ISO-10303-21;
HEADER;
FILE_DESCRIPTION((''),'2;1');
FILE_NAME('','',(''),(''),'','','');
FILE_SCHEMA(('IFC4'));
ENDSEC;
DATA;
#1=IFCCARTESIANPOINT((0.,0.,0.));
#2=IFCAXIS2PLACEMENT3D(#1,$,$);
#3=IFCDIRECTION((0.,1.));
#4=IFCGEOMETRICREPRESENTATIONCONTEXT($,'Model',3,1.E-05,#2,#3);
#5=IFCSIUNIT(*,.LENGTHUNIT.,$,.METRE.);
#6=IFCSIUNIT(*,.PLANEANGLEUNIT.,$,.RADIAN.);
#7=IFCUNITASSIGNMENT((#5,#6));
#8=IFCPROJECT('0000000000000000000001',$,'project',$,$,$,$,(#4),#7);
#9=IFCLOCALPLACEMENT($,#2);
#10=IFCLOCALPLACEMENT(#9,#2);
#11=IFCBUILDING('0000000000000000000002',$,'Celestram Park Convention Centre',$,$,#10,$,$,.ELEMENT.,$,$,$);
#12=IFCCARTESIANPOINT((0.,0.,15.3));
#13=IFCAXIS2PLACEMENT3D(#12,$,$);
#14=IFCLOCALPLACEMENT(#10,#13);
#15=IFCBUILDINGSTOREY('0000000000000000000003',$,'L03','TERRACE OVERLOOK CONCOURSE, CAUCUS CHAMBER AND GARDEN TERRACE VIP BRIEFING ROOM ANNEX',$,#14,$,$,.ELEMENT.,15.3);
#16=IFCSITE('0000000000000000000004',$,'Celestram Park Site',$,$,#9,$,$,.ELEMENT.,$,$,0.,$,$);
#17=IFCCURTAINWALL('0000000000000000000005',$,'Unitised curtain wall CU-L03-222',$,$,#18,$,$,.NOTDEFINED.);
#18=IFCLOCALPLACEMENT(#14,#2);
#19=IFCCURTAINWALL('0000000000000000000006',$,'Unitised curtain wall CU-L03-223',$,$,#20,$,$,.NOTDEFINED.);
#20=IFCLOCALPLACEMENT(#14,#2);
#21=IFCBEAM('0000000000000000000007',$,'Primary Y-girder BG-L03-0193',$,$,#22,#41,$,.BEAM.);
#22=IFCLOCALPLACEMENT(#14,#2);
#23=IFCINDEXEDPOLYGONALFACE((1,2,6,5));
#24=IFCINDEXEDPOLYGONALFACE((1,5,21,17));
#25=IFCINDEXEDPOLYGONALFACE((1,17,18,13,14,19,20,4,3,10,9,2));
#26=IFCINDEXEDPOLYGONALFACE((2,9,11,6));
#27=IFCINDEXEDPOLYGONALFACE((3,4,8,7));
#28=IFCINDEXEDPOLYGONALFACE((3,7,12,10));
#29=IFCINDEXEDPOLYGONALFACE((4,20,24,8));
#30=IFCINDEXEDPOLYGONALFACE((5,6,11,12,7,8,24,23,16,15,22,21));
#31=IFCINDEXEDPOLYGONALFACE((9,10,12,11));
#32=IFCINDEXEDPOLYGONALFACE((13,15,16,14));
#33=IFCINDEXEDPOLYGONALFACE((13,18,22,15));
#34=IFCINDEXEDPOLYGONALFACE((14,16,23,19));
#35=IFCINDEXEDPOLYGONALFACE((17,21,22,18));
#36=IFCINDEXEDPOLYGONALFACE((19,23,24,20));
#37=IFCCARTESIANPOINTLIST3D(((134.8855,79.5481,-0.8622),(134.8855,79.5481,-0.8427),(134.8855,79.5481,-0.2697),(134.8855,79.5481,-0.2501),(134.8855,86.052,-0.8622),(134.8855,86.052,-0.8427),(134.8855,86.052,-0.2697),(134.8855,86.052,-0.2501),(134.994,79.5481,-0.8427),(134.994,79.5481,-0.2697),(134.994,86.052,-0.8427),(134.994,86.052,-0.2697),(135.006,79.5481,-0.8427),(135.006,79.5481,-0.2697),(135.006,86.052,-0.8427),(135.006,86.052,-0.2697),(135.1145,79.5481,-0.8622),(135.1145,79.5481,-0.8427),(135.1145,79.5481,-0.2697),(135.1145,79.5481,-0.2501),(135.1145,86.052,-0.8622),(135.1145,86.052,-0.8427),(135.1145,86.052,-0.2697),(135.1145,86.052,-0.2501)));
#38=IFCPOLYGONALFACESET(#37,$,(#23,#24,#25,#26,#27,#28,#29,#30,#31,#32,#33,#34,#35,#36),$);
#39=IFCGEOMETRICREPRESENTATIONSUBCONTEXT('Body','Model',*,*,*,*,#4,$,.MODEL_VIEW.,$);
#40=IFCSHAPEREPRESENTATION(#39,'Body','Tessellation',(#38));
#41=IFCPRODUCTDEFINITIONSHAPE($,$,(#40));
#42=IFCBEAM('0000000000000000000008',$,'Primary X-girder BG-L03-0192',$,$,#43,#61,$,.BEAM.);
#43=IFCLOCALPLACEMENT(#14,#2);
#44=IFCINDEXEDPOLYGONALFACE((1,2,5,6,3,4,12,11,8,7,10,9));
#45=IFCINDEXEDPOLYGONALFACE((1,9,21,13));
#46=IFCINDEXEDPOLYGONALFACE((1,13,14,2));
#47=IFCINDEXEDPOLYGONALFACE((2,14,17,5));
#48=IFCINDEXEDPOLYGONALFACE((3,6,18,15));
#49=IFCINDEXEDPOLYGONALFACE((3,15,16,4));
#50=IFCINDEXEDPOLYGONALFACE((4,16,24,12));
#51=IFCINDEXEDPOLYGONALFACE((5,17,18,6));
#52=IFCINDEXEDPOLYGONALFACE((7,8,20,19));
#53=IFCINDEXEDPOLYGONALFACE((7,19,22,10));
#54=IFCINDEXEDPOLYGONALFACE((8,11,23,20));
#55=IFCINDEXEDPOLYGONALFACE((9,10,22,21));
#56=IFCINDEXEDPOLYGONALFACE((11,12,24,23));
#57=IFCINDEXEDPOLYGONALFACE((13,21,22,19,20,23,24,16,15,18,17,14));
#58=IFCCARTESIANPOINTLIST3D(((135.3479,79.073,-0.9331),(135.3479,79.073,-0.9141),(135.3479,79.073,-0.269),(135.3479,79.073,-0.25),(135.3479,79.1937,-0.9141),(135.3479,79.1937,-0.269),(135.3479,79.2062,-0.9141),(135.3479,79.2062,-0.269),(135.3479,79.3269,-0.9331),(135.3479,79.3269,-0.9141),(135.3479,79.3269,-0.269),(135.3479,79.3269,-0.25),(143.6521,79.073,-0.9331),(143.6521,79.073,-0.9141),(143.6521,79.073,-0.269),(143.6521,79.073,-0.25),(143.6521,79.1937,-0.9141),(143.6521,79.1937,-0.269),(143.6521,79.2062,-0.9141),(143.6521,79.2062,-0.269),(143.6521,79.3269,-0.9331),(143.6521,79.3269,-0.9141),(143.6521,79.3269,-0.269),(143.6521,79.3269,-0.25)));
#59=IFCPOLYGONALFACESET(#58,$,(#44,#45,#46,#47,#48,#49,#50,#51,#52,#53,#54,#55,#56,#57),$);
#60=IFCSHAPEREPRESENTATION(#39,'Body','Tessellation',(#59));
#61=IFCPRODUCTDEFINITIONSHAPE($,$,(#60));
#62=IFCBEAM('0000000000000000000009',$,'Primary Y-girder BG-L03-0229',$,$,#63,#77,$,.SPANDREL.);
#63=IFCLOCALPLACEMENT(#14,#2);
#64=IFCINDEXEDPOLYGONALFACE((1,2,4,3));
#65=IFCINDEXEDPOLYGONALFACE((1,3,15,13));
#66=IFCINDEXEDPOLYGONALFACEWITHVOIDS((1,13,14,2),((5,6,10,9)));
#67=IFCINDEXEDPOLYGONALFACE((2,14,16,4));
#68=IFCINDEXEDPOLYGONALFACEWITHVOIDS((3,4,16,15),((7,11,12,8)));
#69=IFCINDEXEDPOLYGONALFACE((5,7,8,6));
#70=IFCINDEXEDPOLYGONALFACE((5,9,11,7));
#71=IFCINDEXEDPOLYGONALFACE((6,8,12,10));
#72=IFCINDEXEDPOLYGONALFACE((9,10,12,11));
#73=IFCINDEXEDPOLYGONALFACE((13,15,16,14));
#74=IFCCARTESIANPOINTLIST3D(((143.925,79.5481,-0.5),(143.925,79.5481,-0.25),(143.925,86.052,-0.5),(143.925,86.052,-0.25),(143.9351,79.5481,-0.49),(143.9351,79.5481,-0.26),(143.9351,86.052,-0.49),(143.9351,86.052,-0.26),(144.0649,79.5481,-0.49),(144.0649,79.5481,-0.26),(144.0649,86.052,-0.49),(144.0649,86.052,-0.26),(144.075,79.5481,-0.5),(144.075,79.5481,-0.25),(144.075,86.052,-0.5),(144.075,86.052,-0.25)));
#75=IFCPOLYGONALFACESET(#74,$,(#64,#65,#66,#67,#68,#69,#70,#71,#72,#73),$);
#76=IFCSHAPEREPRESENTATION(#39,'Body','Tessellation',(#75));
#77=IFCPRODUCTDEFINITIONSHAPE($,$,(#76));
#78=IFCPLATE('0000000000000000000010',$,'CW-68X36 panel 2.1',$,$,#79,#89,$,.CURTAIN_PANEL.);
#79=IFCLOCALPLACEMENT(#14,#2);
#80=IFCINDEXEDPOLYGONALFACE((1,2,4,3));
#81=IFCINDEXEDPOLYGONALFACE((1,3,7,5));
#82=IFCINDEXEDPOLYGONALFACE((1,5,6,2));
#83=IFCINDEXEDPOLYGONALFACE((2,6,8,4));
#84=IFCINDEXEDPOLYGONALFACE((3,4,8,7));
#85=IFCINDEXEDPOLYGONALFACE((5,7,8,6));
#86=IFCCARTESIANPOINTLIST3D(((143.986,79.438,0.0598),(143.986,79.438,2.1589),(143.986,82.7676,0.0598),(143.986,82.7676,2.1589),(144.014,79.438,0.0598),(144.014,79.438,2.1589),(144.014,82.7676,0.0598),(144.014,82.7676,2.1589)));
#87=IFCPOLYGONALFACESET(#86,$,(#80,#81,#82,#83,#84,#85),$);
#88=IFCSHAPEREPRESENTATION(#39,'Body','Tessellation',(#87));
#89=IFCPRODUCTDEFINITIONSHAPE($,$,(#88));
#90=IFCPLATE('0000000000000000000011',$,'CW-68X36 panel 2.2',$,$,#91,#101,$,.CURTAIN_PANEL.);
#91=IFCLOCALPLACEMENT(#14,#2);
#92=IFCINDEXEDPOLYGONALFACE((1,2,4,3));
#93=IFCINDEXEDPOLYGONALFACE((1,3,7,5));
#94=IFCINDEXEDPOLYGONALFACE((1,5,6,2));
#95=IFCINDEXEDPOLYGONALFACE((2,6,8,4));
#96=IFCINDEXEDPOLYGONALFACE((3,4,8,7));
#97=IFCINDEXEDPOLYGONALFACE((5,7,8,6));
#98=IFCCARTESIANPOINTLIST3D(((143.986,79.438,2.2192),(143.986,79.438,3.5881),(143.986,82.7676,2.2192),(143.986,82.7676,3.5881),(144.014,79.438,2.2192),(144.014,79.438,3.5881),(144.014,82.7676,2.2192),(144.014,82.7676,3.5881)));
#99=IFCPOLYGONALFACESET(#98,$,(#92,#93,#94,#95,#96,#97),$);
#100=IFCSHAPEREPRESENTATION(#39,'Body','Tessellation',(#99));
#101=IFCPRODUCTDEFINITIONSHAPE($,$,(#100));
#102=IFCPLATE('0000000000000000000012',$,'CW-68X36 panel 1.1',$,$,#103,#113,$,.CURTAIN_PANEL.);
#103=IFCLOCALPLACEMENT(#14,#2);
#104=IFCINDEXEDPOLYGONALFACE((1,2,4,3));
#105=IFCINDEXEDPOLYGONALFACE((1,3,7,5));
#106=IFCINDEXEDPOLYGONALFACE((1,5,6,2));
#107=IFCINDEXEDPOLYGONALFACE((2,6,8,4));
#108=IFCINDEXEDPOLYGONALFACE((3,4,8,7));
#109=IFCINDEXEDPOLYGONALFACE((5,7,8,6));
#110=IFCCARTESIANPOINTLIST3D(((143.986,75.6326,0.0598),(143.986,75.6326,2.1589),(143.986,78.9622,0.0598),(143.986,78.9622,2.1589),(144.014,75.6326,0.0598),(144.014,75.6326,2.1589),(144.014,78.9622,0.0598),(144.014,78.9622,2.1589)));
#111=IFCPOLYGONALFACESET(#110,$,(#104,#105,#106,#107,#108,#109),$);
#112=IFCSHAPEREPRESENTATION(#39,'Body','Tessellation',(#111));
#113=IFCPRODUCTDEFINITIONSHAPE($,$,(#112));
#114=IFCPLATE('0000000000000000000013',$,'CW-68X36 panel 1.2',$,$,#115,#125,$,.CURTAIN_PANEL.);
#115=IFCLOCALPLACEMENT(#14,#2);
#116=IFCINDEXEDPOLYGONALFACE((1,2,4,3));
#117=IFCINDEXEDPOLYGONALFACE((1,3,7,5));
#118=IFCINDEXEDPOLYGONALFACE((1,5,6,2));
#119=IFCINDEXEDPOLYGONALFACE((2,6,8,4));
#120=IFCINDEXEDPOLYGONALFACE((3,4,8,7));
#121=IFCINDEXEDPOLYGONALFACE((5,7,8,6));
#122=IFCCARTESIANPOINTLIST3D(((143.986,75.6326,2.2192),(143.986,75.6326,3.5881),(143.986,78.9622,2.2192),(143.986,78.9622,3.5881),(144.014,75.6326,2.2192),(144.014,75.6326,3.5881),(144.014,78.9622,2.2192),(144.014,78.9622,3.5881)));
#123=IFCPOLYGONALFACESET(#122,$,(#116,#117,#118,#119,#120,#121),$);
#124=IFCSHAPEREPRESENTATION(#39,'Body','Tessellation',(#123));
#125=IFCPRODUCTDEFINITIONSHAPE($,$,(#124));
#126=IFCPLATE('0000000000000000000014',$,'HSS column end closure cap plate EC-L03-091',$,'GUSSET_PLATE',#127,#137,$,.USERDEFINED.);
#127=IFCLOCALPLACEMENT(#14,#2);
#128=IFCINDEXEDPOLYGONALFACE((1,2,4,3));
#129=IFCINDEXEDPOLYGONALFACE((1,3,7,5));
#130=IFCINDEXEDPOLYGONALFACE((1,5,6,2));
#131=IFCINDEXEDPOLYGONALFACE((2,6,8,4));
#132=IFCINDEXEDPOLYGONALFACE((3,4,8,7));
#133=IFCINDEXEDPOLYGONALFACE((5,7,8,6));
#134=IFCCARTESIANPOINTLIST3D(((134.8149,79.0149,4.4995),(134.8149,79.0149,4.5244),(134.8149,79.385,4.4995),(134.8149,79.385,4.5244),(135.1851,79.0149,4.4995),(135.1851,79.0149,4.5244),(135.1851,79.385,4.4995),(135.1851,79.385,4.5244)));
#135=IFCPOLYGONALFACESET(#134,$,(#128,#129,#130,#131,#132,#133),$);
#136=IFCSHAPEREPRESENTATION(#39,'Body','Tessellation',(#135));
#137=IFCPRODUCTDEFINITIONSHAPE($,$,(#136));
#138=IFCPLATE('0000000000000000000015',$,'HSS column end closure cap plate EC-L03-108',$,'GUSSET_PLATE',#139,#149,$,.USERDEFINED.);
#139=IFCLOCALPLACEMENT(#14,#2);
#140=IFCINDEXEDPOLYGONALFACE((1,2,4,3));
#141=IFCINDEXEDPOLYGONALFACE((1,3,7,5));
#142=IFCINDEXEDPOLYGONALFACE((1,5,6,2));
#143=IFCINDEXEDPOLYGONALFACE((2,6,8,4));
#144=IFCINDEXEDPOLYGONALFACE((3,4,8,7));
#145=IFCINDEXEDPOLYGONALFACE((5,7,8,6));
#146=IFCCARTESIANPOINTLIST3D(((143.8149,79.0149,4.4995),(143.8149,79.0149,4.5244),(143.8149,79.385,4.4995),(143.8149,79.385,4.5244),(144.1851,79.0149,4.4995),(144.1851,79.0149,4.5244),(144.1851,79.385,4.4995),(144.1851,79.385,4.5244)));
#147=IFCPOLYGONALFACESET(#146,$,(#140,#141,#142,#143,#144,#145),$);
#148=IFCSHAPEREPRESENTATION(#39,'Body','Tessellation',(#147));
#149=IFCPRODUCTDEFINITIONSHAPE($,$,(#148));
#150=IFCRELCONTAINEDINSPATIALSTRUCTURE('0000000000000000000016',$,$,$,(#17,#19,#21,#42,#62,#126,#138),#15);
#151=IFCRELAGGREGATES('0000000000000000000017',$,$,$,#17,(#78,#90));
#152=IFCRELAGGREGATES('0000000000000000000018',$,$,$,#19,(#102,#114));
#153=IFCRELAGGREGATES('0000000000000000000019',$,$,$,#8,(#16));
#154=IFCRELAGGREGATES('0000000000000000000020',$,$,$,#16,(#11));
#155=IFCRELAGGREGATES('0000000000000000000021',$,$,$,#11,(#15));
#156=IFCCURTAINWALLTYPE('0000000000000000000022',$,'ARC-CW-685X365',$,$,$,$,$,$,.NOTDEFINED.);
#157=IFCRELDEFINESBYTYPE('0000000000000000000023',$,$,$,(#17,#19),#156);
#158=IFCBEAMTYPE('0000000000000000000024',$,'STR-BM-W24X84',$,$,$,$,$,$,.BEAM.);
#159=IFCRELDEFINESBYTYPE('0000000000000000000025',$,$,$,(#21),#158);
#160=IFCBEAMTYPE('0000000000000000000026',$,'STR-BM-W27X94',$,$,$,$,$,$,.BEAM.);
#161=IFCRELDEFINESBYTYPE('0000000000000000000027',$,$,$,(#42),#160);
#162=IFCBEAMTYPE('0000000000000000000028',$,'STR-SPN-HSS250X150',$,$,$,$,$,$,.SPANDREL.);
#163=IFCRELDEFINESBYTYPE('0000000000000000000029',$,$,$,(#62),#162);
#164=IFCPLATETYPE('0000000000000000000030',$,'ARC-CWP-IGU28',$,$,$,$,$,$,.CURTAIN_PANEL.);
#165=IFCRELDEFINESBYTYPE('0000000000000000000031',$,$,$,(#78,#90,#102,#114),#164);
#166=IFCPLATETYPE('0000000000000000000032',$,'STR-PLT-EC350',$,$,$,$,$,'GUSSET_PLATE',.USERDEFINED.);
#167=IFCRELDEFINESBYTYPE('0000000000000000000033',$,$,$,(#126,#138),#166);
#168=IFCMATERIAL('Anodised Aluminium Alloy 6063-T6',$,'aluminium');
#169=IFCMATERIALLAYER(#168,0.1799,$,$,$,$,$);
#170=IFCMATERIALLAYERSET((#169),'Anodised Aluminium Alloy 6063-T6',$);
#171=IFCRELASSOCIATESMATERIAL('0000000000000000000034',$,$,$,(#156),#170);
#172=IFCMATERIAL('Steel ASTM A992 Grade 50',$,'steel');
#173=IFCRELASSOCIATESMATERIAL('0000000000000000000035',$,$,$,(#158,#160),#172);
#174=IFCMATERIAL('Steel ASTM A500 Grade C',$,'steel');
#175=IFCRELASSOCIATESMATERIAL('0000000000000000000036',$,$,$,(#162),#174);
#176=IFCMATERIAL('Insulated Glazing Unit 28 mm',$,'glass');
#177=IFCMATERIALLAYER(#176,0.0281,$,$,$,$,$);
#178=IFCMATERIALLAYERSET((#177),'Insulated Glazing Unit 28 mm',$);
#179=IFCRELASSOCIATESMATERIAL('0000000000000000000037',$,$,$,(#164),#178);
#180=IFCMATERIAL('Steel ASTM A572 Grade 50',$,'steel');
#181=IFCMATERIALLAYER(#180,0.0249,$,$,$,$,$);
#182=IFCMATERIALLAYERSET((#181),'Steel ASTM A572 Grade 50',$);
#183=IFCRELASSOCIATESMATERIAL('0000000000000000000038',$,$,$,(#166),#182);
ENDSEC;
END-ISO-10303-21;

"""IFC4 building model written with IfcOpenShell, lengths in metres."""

from ifc_helpers import new_model, si_unit, direction, frame, origin, origin_2d, place, context, subcontext, project, spatial, rectangle, hollow_rectangle, i_section, extrude, material, layer, layer_set, material_profile, profile_set, type_object, element, aggregate, save


model = new_model("IFC4")

# Units and contexts
model_context = context("Model", 3, precision=1e-05, world=origin(), true_north=direction((0.0, 1.0)))
body_context = subcontext(model_context, "Body", "Model", "MODEL_VIEW")
ifc_project = project(units=[si_unit("LENGTHUNIT", "METRE"), si_unit("PLANEANGLEUNIT", "RADIAN")], contexts=[model_context])

# Site, building, storey
site_placement = place(None, origin())
site = spatial("IfcSite", under=ifc_project, at=site_placement, Name="Celestram Park Site", CompositionType="ELEMENT", RefElevation=0.0)
building_placement = place(site_placement, origin())
building = spatial("IfcBuilding", under=site, at=building_placement, Name="Celestram Park Convention Centre", CompositionType="ELEMENT")
storey_placement = place(building_placement, frame((0.0, 0.0, 15.3)))
storey = spatial("IfcBuildingStorey", under=building, at=storey_placement, Name="L03", Description="TERRACE OVERLOOK CONCOURSE, CAUCUS CHAMBER AND GARDEN TERRACE VIP BRIEFING ROOM ANNEX", CompositionType="ELEMENT", Elevation=15.3)

# Shared definitions
ifc_material_1 = material(Name="Steel ASTM A500 Grade C", Category="steel")

# Curtain wall
ifc_material_2 = material(Name="Anodised Aluminium Alloy 6063-T6", Category="aluminium")
ifc_layer_1 = layer(ifc_material_2, 0.1799)
ifc_layer_set_1 = layer_set([ifc_layer_1], Name="Anodised Aluminium Alloy 6063-T6")
curtain_wall_type = type_object("IfcCurtainWallType", Name="ARC-CW-685X365", PredefinedType="NOTDEFINED", material=ifc_layer_set_1)
curtain_wall_1_placement = place(storey_placement, origin())
curtain_wall_1 = element("IfcCurtainWall", 1, at=curtain_wall_1_placement, inside=storey, type_object=curtain_wall_type, Name="Unitised curtain wall CU-L03-222", PredefinedType="NOTDEFINED")

# Curtain wall
curtain_wall_2_placement = place(storey_placement, origin())
curtain_wall_2 = element("IfcCurtainWall", 2, at=curtain_wall_2_placement, inside=storey, type_object=curtain_wall_type, Name="Unitised curtain wall CU-L03-223", PredefinedType="NOTDEFINED")

# Beams
ifc_material_3 = material(Name="Steel ASTM A992 Grade 50", Category="steel")
ifc_material_profile_1 = material_profile(ifc_material_3, i_section(OverallWidth=0.229, OverallDepth=0.6121, WebThickness=0.012, FlangeThickness=0.0195, at=origin_2d()), Name="W24X84")
ifc_profile_set_1 = profile_set([ifc_material_profile_1], Name="Steel ASTM A992 Grade 50")
beam_type_1 = type_object("IfcBeamType", Name="STR-BM-W24X84", PredefinedType="BEAM", material=ifc_profile_set_1)
beam_1_placement = place(storey_placement, frame((135.0, 79.5481, -0.5562), z_axis=(0.0, 1.0, 0.0), x_axis=(-1.0, 0.0, 0.0)))
element("IfcBeam", 3, at=beam_1_placement, inside=storey, type_object=beam_type_1, Name="Primary Y-girder BG-L03-0193", PredefinedType="BEAM", context=body_context, shape_type="SweptSolid", body=[
    extrude(i_section(OverallWidth=0.229, OverallDepth=0.6121, WebThickness=0.012, FlangeThickness=0.0195, at=origin_2d()), origin(), (0.0, 0.0, 1.0), 6.5039),
])
ifc_material_profile_2 = material_profile(ifc_material_3, i_section(OverallWidth=0.2539, OverallDepth=0.6831, WebThickness=0.0125, FlangeThickness=0.019, at=origin_2d()), Name="W27X94")
ifc_profile_set_2 = profile_set([ifc_material_profile_2], Name="Steel ASTM A992 Grade 50")
beam_type_2 = type_object("IfcBeamType", Name="STR-BM-W27X94", PredefinedType="BEAM", material=ifc_profile_set_2)
beam_2_placement = place(storey_placement, frame((135.3479, 79.2, -0.5916), z_axis=(1.0, 0.0, 0.0), x_axis=(0.0, 1.0, 0.0)))
element("IfcBeam", 4, at=beam_2_placement, inside=storey, type_object=beam_type_2, Name="Primary X-girder BG-L03-0192", PredefinedType="BEAM", context=body_context, shape_type="SweptSolid", body=[
    extrude(i_section(OverallWidth=0.2539, OverallDepth=0.6831, WebThickness=0.0125, FlangeThickness=0.019, at=origin_2d()), origin(), (0.0, 0.0, 1.0), 8.3042),
])
ifc_material_profile_3 = material_profile(ifc_material_1, hollow_rectangle(XDim=0.1499, YDim=0.25, WallThickness=0.01, at=origin_2d()), Name="HSS250X150X10")
ifc_profile_set_3 = profile_set([ifc_material_profile_3], Name="Steel ASTM A500 Grade C")
beam_type_3 = type_object("IfcBeamType", Name="STR-SPN-HSS250X150", PredefinedType="SPANDREL", material=ifc_profile_set_3)
beam_3_placement = place(storey_placement, frame((144.0, 79.5481, -0.375), z_axis=(0.0, 1.0, 0.0), x_axis=(-1.0, 0.0, 0.0)))
element("IfcBeam", 5, at=beam_3_placement, inside=storey, type_object=beam_type_3, Name="Primary Y-girder BG-L03-0229", PredefinedType="SPANDREL", context=body_context, shape_type="SweptSolid", body=[
    extrude(hollow_rectangle(XDim=0.1499, YDim=0.25, WallThickness=0.01, at=origin_2d()), origin(), (0.0, 0.0, 1.0), 6.5039),
])

# Plates
ifc_material_4 = material(Name="Insulated Glazing Unit 28 mm", Category="glass")
ifc_layer_2 = layer(ifc_material_4, 0.0281)
ifc_layer_set_2 = layer_set([ifc_layer_2], Name="Insulated Glazing Unit 28 mm")
plate_type_1 = type_object("IfcPlateType", Name="ARC-CWP-IGU28", PredefinedType="CURTAIN_PANEL", material=ifc_layer_set_2)
plate_1_placement = place(storey_placement, frame((144.0, 81.1028, 0.0598), z_axis=(0.0, 0.0, 1.0), x_axis=(0.0, -1.0, 0.0)))
plate_1 = element("IfcPlate", 6, at=plate_1_placement, type_object=plate_type_1, Name="CW-68X36 panel 2.1", PredefinedType="CURTAIN_PANEL", context=body_context, shape_type="SweptSolid", body=[
    extrude(rectangle(XDim=3.3296, YDim=0.0281, at=origin_2d()), origin(), (0.0, 0.0, 1.0), 2.0991),
])
plate_2_placement = place(storey_placement, frame((144.0, 81.1028, 2.2192), z_axis=(0.0, 0.0, 1.0), x_axis=(0.0, -1.0, 0.0)))
plate_2 = element("IfcPlate", 7, at=plate_2_placement, type_object=plate_type_1, Name="CW-68X36 panel 2.2", PredefinedType="CURTAIN_PANEL", context=body_context, shape_type="SweptSolid", body=[
    extrude(rectangle(XDim=3.3296, YDim=0.0281, at=origin_2d()), origin(), (0.0, 0.0, 1.0), 1.3689),
])
aggregate(curtain_wall_1, [plate_1, plate_2])
plate_3_placement = place(storey_placement, frame((144.0, 77.2974, 0.0598), z_axis=(0.0, 0.0, 1.0), x_axis=(0.0, -1.0, 0.0)))
plate_3 = element("IfcPlate", 8, at=plate_3_placement, type_object=plate_type_1, Name="CW-68X36 panel 1.1", PredefinedType="CURTAIN_PANEL", context=body_context, shape_type="SweptSolid", body=[
    extrude(rectangle(XDim=3.3296, YDim=0.0281, at=origin_2d()), origin(), (0.0, 0.0, 1.0), 2.0991),
])
plate_4_placement = place(storey_placement, frame((144.0, 77.2974, 2.2192), z_axis=(0.0, 0.0, 1.0), x_axis=(0.0, -1.0, 0.0)))
plate_4 = element("IfcPlate", 9, at=plate_4_placement, type_object=plate_type_1, Name="CW-68X36 panel 1.2", PredefinedType="CURTAIN_PANEL", context=body_context, shape_type="SweptSolid", body=[
    extrude(rectangle(XDim=3.3296, YDim=0.0281, at=origin_2d()), origin(), (0.0, 0.0, 1.0), 1.3689),
])
aggregate(curtain_wall_2, [plate_3, plate_4])

# Plates
ifc_material_5 = material(Name="Steel ASTM A572 Grade 50", Category="steel")
ifc_layer_3 = layer(ifc_material_5, 0.0249)
ifc_layer_set_3 = layer_set([ifc_layer_3], Name="Steel ASTM A572 Grade 50")
plate_type_2 = type_object("IfcPlateType", Name="STR-PLT-EC350", ElementType="GUSSET_PLATE", PredefinedType="USERDEFINED", material=ifc_layer_set_3)
for number, where, z_axis, x_axis, name in (
    (10, (135.0, 79.2, 4.4995), (0.0, 0.0, 1.0), (1.0, 0.0, 0.0), "HSS column end closure cap plate EC-L03-091"),
    (11, (144.0, 79.2, 4.4995), (0.0, 0.0, 1.0), (1.0, 0.0, 0.0), "HSS column end closure cap plate EC-L03-108"),
):
    element("IfcPlate", number, at=place(storey_placement, frame(where, z_axis=z_axis, x_axis=x_axis)), inside=storey, type_object=plate_type_2, Name=name, ObjectType="GUSSET_PLATE", PredefinedType="USERDEFINED", context=body_context, shape_type="SweptSolid", body=[
        extrude(rectangle(XDim=0.3701, YDim=0.3701, at=origin_2d()), origin(), (0.0, 0.0, 1.0), 0.0249),
    ])

save(model, "model.ifc")
